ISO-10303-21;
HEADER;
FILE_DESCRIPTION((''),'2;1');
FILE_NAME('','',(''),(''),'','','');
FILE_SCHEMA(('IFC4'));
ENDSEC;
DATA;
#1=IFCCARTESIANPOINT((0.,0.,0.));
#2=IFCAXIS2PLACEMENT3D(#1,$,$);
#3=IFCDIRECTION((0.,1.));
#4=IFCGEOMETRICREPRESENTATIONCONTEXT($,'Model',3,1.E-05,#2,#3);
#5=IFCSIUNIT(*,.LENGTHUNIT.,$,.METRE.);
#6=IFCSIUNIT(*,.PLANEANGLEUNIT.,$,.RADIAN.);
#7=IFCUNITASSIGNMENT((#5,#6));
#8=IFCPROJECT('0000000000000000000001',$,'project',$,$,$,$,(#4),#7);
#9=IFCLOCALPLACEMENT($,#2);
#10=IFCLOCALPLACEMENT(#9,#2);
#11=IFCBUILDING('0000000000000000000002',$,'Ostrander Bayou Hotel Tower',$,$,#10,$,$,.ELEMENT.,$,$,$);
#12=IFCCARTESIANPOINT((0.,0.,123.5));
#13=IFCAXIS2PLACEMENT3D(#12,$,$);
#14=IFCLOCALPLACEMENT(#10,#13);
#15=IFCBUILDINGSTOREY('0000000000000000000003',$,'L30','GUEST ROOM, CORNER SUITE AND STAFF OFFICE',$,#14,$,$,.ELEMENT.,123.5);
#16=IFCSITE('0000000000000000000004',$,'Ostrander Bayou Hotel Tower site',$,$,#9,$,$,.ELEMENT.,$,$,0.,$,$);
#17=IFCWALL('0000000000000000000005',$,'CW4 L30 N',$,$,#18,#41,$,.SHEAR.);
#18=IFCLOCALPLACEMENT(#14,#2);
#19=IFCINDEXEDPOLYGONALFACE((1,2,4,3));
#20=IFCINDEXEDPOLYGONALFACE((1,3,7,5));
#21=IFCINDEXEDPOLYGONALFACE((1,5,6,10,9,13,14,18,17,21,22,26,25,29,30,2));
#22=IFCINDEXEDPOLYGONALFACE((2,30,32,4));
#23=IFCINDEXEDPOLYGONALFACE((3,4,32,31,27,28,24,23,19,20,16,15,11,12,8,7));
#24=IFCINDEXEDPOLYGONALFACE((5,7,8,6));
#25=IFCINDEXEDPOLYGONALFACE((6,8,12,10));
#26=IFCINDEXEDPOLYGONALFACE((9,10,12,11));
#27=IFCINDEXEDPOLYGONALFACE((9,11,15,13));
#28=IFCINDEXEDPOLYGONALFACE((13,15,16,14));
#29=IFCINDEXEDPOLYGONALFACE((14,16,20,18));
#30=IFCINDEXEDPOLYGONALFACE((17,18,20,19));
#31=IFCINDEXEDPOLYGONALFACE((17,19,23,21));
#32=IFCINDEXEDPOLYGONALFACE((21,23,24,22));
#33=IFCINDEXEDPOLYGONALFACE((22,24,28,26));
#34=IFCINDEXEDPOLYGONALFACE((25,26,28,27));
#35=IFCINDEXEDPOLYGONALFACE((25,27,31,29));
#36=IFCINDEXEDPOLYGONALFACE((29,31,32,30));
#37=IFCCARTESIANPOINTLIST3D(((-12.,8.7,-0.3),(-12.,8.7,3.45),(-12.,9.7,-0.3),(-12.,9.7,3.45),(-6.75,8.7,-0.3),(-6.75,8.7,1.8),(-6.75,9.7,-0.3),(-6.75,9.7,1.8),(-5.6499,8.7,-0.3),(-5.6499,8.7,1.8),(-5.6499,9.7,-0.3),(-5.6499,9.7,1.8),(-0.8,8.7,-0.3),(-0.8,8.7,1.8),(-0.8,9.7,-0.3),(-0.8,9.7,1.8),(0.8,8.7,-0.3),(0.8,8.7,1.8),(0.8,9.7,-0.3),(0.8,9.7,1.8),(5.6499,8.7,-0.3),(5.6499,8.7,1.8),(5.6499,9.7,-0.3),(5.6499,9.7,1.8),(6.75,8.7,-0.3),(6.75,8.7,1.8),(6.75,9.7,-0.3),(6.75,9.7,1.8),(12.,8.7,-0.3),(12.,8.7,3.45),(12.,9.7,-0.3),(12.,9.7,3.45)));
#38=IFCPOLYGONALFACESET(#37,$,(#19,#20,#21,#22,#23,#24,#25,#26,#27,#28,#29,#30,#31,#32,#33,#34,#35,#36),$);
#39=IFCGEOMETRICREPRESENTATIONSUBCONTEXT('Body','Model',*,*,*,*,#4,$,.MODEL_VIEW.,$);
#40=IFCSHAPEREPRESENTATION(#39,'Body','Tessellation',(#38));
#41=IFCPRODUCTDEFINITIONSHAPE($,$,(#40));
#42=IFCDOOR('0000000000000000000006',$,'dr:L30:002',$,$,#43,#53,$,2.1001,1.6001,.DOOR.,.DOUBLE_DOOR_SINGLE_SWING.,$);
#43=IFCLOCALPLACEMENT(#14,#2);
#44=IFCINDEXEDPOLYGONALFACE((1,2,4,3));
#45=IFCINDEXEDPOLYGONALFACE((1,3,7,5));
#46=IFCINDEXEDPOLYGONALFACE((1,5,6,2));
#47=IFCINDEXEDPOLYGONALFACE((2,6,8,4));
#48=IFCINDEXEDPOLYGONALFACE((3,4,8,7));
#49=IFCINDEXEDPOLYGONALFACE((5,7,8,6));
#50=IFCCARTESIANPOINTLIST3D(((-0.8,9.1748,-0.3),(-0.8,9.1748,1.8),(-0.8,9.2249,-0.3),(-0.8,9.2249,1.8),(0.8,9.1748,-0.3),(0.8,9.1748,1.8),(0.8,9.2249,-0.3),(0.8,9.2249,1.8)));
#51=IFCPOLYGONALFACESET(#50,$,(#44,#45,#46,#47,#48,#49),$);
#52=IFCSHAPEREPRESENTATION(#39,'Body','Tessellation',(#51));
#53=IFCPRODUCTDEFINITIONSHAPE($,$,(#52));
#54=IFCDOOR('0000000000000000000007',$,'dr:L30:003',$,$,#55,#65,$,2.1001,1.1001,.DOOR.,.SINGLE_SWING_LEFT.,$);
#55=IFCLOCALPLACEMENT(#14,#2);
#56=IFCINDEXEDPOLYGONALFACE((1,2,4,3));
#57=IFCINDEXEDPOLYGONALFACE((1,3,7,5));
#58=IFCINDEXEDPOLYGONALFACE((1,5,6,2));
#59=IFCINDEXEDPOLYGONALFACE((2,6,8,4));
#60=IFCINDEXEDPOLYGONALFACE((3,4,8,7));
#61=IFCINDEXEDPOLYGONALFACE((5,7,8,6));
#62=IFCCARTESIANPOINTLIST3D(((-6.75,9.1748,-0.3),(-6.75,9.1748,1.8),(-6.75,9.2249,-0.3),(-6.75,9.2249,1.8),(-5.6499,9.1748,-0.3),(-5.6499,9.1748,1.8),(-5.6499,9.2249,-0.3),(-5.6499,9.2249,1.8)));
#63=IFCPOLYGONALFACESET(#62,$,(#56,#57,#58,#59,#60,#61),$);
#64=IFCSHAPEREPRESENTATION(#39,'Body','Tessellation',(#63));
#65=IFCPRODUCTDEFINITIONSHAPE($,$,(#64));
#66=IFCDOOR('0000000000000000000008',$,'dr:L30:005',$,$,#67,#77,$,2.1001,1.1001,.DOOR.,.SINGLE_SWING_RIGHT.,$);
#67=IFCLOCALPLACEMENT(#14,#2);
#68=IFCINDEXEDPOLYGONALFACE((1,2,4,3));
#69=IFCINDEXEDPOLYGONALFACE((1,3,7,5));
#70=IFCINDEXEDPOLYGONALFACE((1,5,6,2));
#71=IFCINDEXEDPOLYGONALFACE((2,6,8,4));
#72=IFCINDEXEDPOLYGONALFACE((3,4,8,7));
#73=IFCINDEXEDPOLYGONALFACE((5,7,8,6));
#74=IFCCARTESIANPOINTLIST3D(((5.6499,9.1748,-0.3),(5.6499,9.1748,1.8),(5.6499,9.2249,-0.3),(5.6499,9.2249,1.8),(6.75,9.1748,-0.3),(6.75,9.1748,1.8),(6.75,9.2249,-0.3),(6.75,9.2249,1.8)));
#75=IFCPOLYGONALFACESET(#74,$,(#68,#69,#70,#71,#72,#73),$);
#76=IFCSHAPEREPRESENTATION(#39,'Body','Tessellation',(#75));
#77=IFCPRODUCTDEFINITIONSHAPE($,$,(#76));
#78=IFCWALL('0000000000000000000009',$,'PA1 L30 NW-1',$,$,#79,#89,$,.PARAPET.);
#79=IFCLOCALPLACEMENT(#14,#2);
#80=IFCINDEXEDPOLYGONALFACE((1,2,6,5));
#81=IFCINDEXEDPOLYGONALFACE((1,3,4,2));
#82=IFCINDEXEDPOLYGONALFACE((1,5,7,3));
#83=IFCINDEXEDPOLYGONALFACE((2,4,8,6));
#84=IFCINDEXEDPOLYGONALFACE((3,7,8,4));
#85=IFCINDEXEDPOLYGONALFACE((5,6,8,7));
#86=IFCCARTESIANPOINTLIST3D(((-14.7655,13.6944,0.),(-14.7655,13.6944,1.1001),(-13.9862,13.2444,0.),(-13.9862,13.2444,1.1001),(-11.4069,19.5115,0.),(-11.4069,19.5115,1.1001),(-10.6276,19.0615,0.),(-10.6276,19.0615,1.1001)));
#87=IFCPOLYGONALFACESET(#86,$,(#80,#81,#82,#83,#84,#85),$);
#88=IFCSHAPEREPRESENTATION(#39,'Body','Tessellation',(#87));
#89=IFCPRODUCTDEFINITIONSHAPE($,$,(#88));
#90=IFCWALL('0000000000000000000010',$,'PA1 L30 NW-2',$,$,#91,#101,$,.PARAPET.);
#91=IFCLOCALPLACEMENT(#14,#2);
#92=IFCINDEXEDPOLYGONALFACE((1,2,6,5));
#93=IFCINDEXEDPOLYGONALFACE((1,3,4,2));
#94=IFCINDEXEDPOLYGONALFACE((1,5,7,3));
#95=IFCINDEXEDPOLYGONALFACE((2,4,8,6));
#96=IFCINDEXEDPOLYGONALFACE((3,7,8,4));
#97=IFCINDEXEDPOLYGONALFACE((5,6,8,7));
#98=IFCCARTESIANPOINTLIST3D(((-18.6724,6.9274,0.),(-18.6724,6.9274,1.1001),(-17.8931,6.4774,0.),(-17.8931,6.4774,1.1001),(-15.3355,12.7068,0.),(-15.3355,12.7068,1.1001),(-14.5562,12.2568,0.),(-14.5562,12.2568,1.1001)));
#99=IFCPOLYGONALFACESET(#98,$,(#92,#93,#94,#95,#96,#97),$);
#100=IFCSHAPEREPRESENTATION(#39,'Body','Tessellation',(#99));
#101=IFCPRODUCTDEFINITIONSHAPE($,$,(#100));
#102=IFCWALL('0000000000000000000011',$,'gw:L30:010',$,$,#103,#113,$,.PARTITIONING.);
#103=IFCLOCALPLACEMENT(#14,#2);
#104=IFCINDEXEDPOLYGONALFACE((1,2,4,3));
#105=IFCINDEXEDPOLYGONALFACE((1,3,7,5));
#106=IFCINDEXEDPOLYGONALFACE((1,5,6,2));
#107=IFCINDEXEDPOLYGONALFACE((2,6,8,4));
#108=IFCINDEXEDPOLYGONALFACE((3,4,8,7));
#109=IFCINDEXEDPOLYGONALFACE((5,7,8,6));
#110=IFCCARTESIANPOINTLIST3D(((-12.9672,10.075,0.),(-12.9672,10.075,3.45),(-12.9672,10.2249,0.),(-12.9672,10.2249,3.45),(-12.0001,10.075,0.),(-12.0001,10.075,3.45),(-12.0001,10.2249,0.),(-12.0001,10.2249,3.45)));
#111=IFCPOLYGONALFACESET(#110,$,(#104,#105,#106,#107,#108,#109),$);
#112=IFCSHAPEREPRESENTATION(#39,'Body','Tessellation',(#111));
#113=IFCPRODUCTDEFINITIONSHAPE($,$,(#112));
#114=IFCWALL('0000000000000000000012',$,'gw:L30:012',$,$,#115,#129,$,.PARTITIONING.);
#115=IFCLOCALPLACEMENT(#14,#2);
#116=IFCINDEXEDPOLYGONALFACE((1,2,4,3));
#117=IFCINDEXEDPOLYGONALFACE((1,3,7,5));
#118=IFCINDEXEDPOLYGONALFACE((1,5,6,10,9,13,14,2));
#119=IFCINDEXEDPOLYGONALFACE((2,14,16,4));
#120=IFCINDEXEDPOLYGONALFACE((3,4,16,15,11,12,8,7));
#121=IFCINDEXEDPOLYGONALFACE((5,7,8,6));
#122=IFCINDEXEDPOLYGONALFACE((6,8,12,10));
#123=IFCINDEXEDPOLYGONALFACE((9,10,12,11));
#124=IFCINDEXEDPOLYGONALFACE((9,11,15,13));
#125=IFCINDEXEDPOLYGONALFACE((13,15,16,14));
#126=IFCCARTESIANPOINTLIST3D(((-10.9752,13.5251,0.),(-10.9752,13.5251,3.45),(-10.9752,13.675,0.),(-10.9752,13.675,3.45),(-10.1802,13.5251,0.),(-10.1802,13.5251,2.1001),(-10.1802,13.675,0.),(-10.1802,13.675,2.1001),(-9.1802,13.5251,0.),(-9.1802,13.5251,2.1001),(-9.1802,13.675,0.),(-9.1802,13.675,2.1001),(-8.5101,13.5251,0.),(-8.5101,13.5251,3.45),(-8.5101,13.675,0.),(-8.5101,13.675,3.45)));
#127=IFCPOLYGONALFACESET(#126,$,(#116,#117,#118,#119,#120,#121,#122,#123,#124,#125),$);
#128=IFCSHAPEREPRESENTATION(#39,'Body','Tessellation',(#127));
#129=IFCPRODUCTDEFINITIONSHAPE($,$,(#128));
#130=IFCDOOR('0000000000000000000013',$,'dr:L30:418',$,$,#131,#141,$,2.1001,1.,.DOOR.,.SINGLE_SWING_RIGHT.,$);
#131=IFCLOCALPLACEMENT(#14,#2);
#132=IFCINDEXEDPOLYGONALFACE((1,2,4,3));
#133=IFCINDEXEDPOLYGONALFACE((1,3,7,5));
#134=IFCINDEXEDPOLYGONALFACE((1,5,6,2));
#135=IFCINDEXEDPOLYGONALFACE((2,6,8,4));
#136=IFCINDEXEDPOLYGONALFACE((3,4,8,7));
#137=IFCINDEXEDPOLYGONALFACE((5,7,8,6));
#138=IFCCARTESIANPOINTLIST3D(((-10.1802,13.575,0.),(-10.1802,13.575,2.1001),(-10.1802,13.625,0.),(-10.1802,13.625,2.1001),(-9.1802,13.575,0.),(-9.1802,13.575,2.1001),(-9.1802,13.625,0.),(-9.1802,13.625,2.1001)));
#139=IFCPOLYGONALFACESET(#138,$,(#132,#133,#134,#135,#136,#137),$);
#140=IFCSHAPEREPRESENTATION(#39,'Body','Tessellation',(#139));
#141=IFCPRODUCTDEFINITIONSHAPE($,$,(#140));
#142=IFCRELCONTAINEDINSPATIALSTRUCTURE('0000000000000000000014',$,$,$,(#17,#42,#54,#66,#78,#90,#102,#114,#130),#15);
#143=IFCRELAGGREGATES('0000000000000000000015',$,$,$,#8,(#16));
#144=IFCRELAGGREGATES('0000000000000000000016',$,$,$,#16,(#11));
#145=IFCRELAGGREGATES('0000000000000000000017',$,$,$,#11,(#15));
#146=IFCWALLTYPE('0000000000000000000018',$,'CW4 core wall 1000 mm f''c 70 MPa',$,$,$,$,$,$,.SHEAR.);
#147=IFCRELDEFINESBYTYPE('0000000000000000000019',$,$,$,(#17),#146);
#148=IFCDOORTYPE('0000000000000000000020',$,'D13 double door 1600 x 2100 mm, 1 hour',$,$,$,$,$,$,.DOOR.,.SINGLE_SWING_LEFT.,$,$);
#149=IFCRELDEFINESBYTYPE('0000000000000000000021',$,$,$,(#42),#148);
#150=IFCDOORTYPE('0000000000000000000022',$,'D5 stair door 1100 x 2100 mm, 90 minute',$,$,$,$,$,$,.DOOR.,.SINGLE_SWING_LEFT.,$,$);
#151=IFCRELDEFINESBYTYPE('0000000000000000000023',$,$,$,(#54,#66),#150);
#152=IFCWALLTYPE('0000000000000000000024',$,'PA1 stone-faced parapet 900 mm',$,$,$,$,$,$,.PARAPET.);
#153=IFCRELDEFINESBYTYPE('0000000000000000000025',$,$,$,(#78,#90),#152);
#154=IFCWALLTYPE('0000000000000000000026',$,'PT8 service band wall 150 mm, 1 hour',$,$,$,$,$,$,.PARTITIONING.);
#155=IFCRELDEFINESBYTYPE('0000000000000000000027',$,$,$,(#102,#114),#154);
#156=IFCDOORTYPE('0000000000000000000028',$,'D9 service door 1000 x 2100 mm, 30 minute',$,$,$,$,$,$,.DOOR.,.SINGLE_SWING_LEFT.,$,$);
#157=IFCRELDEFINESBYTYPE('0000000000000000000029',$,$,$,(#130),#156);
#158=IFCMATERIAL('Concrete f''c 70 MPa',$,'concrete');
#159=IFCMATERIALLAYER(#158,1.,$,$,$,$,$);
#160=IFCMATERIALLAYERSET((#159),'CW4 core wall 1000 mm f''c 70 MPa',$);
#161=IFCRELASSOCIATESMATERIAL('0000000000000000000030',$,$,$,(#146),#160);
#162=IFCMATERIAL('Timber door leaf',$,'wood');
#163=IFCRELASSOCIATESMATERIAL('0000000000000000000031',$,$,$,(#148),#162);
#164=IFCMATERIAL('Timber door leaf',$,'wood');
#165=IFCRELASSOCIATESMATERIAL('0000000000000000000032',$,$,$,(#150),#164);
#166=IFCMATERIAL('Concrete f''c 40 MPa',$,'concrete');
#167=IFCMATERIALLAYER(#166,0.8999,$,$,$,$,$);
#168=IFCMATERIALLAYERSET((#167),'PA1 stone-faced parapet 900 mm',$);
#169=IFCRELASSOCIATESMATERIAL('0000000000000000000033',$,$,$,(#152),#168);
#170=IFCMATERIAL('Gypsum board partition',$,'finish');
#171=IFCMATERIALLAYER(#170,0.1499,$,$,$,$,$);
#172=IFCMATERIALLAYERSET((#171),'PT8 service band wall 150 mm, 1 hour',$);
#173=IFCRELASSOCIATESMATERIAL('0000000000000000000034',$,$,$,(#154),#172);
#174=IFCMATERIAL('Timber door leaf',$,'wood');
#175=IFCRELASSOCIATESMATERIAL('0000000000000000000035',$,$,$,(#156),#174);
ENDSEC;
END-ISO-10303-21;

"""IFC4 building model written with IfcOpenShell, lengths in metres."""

from ifc_helpers import new_model, si_unit, direction, frame, frame_2d, origin, place, context, subcontext, project, spatial, rectangle, extrude, material, layer, layer_set, type_object, element, fill, save


model = new_model("IFC4")

# Units and contexts
model_context = context("Model", 3, precision=1e-05, world=origin(), true_north=direction((0.0, 1.0)))
body_context = subcontext(model_context, "Body", "Model", "MODEL_VIEW")
ifc_project = project(units=[si_unit("LENGTHUNIT", "METRE"), si_unit("PLANEANGLEUNIT", "RADIAN")], contexts=[model_context])

# Site, building, storey
site_placement = place(None, origin())
site = spatial("IfcSite", under=ifc_project, at=site_placement, Name="Ostrander Bayou Hotel Tower site", CompositionType="ELEMENT", RefElevation=0.0)
building_placement = place(site_placement, origin())
building = spatial("IfcBuilding", under=site, at=building_placement, Name="Ostrander Bayou Hotel Tower", CompositionType="ELEMENT")
storey_placement = place(building_placement, frame((0.0, 0.0, 123.5)))
storey = spatial("IfcBuildingStorey", under=building, at=storey_placement, Name="L30", Description="GUEST ROOM, CORNER SUITE AND STAFF OFFICE", CompositionType="ELEMENT", Elevation=123.5)

# Wall, openings, doors
ifc_material_1 = material(Name="Concrete f'c 70 MPa", Category="concrete")
ifc_layer_1 = layer(ifc_material_1, 1.0)
ifc_layer_set_1 = layer_set([ifc_layer_1], Name="CW4 core wall 1000 mm f'c 70 MPa")
wall_type_1 = type_object("IfcWallType", Name="CW4 core wall 1000 mm f'c 70 MPa", PredefinedType="SHEAR", material=ifc_layer_set_1)
wall_1_placement = place(storey_placement, frame((-12.0, 9.2, -0.3), z_axis=(0.0, 0.0, 1.0), x_axis=(1.0, 0.0, 0.0)))
wall_1 = element("IfcWall", 1, at=wall_1_placement, inside=storey, type_object=wall_type_1, Name="CW4 L30 N", PredefinedType="SHEAR", context=body_context, shape_type="SweptSolid", body=[
    extrude(rectangle(XDim=24.0, YDim=1.0, at=frame_2d((12.0, 0.0))), origin(), (0.0, 0.0, 1.0), 3.75),
])
opening_1_placement = place(wall_1_placement, frame((11.2, 0.0, 0.0)))
opening_1 = element("IfcOpeningElement", 2, at=opening_1_placement, cuts=wall_1, PredefinedType="OPENING", context=body_context, shape_type="SweptSolid", body=[
    extrude(rectangle(XDim=1.6001, YDim=2.1001, at=frame_2d((0.8, 1.05))), frame((0.0, 0.5, 0.0), z_axis=(0.0, -1.0, 0.0), x_axis=(1.0, 0.0, 0.0)), (0.0, 0.0, 1.0), 1.0),
])
opening_2_placement = place(wall_1_placement, frame((5.25, 0.0, 0.0)))
opening_2 = element("IfcOpeningElement", 3, at=opening_2_placement, cuts=wall_1, PredefinedType="OPENING", context=body_context, shape_type="SweptSolid", body=[
    extrude(rectangle(XDim=1.1001, YDim=2.1001, at=frame_2d((0.55, 1.05))), frame((0.0, 0.5, 0.0), z_axis=(0.0, -1.0, 0.0), x_axis=(1.0, 0.0, 0.0)), (0.0, 0.0, 1.0), 1.0),
])
opening_3_placement = place(wall_1_placement, frame((17.6499, 0.0, 0.0)))
opening_3 = element("IfcOpeningElement", 4, at=opening_3_placement, cuts=wall_1, PredefinedType="OPENING", context=body_context, shape_type="SweptSolid", body=[
    extrude(rectangle(XDim=1.1001, YDim=2.1001, at=frame_2d((0.55, 1.05))), frame((0.0, 0.5, 0.0), z_axis=(0.0, -1.0, 0.0), x_axis=(1.0, 0.0, 0.0)), (0.0, 0.0, 1.0), 1.0),
])
ifc_material_2 = material(Name="Timber door leaf", Category="wood")
door_type_1 = type_object("IfcDoorType", Name="D13 double door 1600 x 2100 mm, 1 hour", OperationType="SINGLE_SWING_LEFT", PredefinedType="DOOR", material=ifc_material_2)
door_1_placement = place(opening_1_placement, origin())
door_1 = element("IfcDoor", 5, at=door_1_placement, inside=storey, type_object=door_type_1, Name="dr:L30:002", OperationType="DOUBLE_DOOR_SINGLE_SWING", OverallHeight=2.1001, OverallWidth=1.6001, PredefinedType="DOOR", context=body_context, shape_type="SweptSolid", body=[
    extrude(rectangle(XDim=1.6001, YDim=2.1001, at=frame_2d((0.8, 1.05))), frame((0.0, 0.0249, 0.0), z_axis=(0.0, -1.0, 0.0), x_axis=(1.0, 0.0, 0.0)), (0.0, 0.0, 1.0), 0.05),
])
fill(opening_1, door_1)
ifc_material_3 = material(Name="Timber door leaf", Category="wood")
door_type_2 = type_object("IfcDoorType", Name="D5 stair door 1100 x 2100 mm, 90 minute", OperationType="SINGLE_SWING_LEFT", PredefinedType="DOOR", material=ifc_material_3)
door_2_placement = place(opening_2_placement, origin())
door_2 = element("IfcDoor", 6, at=door_2_placement, inside=storey, type_object=door_type_2, Name="dr:L30:003", OperationType="SINGLE_SWING_LEFT", OverallHeight=2.1001, OverallWidth=1.1001, PredefinedType="DOOR", context=body_context, shape_type="SweptSolid", body=[
    extrude(rectangle(XDim=1.1001, YDim=2.1001, at=frame_2d((0.55, 1.05))), frame((0.0, 0.0249, 0.0), z_axis=(0.0, -1.0, 0.0), x_axis=(1.0, 0.0, 0.0)), (0.0, 0.0, 1.0), 0.05),
])
fill(opening_2, door_2)
door_3_placement = place(opening_3_placement, origin())
door_3 = element("IfcDoor", 7, at=door_3_placement, inside=storey, type_object=door_type_2, Name="dr:L30:005", OperationType="SINGLE_SWING_RIGHT", OverallHeight=2.1001, OverallWidth=1.1001, PredefinedType="DOOR", context=body_context, shape_type="SweptSolid", body=[
    extrude(rectangle(XDim=1.1001, YDim=2.1001, at=frame_2d((0.55, 1.05))), frame((0.0, 0.0249, 0.0), z_axis=(0.0, -1.0, 0.0), x_axis=(1.0, 0.0, 0.0)), (0.0, 0.0, 1.0), 0.05),
])
fill(opening_3, door_3)

# Walls
ifc_material_4 = material(Name="Concrete f'c 40 MPa", Category="concrete")
ifc_layer_2 = layer(ifc_material_4, 0.8999)
ifc_layer_set_2 = layer_set([ifc_layer_2], Name="PA1 stone-faced parapet 900 mm")
wall_type_2 = type_object("IfcWallType", Name="PA1 stone-faced parapet 900 mm", PredefinedType="PARAPET", material=ifc_layer_set_2)
wall_2_placement = place(storey_placement, frame((-11.0173, 19.2864, 0.0), z_axis=(0.0, 0.0, 1.0), x_axis=(-0.500013, -0.866018, 0.0)))
element("IfcWall", 8, at=wall_2_placement, inside=storey, type_object=wall_type_2, Name="PA1 L30 NW-1", PredefinedType="PARAPET", context=body_context, shape_type="SweptSolid", body=[
    extrude(rectangle(XDim=6.717, YDim=0.8999, at=frame_2d((3.3584, 0.0))), origin(), (0.0, 0.0, 1.0), 1.1001),
])
wall_3_placement = place(storey_placement, frame((-14.9458, 12.4819, 0.0), z_axis=(0.0, 0.0, 1.0), x_axis=(-0.500011, -0.866019, 0.0)))
element("IfcWall", 9, at=wall_3_placement, inside=storey, type_object=wall_type_2, Name="PA1 L30 NW-2", PredefinedType="PARAPET", context=body_context, shape_type="SweptSolid", body=[
    extrude(rectangle(XDim=6.6736, YDim=0.8999, at=frame_2d((3.3369, 0.0))), origin(), (0.0, 0.0, 1.0), 1.1001),
])
ifc_material_5 = material(Name="Gypsum board partition", Category="finish")
ifc_layer_3 = layer(ifc_material_5, 0.1499)
ifc_layer_set_3 = layer_set([ifc_layer_3], Name="PT8 service band wall 150 mm, 1 hour")
wall_type_3 = type_object("IfcWallType", Name="PT8 service band wall 150 mm, 1 hour", PredefinedType="PARTITIONING", material=ifc_layer_set_3)
wall_4_placement = place(storey_placement, frame((-12.967, 10.1499, 0.0), z_axis=(0.0, 0.0, 1.0), x_axis=(1.0, 0.0, 0.0)))
element("IfcWall", 10, at=wall_4_placement, inside=storey, type_object=wall_type_3, Name="gw:L30:010", PredefinedType="PARTITIONING", context=body_context, shape_type="SweptSolid", body=[
    extrude(rectangle(XDim=0.967, YDim=0.1499, at=frame_2d((0.4834, 0.0))), origin(), (0.0, 0.0, 1.0), 3.45),
])

# Wall, opening, door
wall_5_placement = place(storey_placement, frame((-10.9751, 13.6001, 0.0), z_axis=(0.0, 0.0, 1.0), x_axis=(1.0, 0.0, 0.0)))
wall_5 = element("IfcWall", 11, at=wall_5_placement, inside=storey, type_object=wall_type_3, Name="gw:L30:012", PredefinedType="PARTITIONING", context=body_context, shape_type="SweptSolid", body=[
    extrude(rectangle(XDim=2.4651, YDim=0.1499, at=frame_2d((1.2324, 0.0))), origin(), (0.0, 0.0, 1.0), 3.45),
])
opening_4_placement = place(wall_5_placement, frame((0.7949, 0.0, 0.0)))
opening_4 = element("IfcOpeningElement", 12, at=opening_4_placement, cuts=wall_5, PredefinedType="OPENING", context=body_context, shape_type="SweptSolid", body=[
    extrude(rectangle(XDim=1.0, YDim=2.1001, at=frame_2d((0.5, 1.05))), frame((0.0, 0.075, 0.0), z_axis=(0.0, -1.0, 0.0), x_axis=(1.0, 0.0, 0.0)), (0.0, 0.0, 1.0), 0.1499),
])
ifc_material_6 = material(Name="Timber door leaf", Category="wood")
door_type_3 = type_object("IfcDoorType", Name="D9 service door 1000 x 2100 mm, 30 minute", OperationType="SINGLE_SWING_LEFT", PredefinedType="DOOR", material=ifc_material_6)
door_4_placement = place(opening_4_placement, origin())
door_4 = element("IfcDoor", 13, at=door_4_placement, inside=storey, type_object=door_type_3, Name="dr:L30:418", OperationType="SINGLE_SWING_RIGHT", OverallHeight=2.1001, OverallWidth=1.0, PredefinedType="DOOR", context=body_context, shape_type="SweptSolid", body=[
    extrude(rectangle(XDim=1.0, YDim=2.1001, at=frame_2d((0.5, 1.05))), frame((0.0, 0.0249, 0.0), z_axis=(0.0, -1.0, 0.0), x_axis=(1.0, 0.0, 0.0)), (0.0, 0.0, 1.0), 0.05),
])
fill(opening_4, door_4)

save(model, "model.ifc")
